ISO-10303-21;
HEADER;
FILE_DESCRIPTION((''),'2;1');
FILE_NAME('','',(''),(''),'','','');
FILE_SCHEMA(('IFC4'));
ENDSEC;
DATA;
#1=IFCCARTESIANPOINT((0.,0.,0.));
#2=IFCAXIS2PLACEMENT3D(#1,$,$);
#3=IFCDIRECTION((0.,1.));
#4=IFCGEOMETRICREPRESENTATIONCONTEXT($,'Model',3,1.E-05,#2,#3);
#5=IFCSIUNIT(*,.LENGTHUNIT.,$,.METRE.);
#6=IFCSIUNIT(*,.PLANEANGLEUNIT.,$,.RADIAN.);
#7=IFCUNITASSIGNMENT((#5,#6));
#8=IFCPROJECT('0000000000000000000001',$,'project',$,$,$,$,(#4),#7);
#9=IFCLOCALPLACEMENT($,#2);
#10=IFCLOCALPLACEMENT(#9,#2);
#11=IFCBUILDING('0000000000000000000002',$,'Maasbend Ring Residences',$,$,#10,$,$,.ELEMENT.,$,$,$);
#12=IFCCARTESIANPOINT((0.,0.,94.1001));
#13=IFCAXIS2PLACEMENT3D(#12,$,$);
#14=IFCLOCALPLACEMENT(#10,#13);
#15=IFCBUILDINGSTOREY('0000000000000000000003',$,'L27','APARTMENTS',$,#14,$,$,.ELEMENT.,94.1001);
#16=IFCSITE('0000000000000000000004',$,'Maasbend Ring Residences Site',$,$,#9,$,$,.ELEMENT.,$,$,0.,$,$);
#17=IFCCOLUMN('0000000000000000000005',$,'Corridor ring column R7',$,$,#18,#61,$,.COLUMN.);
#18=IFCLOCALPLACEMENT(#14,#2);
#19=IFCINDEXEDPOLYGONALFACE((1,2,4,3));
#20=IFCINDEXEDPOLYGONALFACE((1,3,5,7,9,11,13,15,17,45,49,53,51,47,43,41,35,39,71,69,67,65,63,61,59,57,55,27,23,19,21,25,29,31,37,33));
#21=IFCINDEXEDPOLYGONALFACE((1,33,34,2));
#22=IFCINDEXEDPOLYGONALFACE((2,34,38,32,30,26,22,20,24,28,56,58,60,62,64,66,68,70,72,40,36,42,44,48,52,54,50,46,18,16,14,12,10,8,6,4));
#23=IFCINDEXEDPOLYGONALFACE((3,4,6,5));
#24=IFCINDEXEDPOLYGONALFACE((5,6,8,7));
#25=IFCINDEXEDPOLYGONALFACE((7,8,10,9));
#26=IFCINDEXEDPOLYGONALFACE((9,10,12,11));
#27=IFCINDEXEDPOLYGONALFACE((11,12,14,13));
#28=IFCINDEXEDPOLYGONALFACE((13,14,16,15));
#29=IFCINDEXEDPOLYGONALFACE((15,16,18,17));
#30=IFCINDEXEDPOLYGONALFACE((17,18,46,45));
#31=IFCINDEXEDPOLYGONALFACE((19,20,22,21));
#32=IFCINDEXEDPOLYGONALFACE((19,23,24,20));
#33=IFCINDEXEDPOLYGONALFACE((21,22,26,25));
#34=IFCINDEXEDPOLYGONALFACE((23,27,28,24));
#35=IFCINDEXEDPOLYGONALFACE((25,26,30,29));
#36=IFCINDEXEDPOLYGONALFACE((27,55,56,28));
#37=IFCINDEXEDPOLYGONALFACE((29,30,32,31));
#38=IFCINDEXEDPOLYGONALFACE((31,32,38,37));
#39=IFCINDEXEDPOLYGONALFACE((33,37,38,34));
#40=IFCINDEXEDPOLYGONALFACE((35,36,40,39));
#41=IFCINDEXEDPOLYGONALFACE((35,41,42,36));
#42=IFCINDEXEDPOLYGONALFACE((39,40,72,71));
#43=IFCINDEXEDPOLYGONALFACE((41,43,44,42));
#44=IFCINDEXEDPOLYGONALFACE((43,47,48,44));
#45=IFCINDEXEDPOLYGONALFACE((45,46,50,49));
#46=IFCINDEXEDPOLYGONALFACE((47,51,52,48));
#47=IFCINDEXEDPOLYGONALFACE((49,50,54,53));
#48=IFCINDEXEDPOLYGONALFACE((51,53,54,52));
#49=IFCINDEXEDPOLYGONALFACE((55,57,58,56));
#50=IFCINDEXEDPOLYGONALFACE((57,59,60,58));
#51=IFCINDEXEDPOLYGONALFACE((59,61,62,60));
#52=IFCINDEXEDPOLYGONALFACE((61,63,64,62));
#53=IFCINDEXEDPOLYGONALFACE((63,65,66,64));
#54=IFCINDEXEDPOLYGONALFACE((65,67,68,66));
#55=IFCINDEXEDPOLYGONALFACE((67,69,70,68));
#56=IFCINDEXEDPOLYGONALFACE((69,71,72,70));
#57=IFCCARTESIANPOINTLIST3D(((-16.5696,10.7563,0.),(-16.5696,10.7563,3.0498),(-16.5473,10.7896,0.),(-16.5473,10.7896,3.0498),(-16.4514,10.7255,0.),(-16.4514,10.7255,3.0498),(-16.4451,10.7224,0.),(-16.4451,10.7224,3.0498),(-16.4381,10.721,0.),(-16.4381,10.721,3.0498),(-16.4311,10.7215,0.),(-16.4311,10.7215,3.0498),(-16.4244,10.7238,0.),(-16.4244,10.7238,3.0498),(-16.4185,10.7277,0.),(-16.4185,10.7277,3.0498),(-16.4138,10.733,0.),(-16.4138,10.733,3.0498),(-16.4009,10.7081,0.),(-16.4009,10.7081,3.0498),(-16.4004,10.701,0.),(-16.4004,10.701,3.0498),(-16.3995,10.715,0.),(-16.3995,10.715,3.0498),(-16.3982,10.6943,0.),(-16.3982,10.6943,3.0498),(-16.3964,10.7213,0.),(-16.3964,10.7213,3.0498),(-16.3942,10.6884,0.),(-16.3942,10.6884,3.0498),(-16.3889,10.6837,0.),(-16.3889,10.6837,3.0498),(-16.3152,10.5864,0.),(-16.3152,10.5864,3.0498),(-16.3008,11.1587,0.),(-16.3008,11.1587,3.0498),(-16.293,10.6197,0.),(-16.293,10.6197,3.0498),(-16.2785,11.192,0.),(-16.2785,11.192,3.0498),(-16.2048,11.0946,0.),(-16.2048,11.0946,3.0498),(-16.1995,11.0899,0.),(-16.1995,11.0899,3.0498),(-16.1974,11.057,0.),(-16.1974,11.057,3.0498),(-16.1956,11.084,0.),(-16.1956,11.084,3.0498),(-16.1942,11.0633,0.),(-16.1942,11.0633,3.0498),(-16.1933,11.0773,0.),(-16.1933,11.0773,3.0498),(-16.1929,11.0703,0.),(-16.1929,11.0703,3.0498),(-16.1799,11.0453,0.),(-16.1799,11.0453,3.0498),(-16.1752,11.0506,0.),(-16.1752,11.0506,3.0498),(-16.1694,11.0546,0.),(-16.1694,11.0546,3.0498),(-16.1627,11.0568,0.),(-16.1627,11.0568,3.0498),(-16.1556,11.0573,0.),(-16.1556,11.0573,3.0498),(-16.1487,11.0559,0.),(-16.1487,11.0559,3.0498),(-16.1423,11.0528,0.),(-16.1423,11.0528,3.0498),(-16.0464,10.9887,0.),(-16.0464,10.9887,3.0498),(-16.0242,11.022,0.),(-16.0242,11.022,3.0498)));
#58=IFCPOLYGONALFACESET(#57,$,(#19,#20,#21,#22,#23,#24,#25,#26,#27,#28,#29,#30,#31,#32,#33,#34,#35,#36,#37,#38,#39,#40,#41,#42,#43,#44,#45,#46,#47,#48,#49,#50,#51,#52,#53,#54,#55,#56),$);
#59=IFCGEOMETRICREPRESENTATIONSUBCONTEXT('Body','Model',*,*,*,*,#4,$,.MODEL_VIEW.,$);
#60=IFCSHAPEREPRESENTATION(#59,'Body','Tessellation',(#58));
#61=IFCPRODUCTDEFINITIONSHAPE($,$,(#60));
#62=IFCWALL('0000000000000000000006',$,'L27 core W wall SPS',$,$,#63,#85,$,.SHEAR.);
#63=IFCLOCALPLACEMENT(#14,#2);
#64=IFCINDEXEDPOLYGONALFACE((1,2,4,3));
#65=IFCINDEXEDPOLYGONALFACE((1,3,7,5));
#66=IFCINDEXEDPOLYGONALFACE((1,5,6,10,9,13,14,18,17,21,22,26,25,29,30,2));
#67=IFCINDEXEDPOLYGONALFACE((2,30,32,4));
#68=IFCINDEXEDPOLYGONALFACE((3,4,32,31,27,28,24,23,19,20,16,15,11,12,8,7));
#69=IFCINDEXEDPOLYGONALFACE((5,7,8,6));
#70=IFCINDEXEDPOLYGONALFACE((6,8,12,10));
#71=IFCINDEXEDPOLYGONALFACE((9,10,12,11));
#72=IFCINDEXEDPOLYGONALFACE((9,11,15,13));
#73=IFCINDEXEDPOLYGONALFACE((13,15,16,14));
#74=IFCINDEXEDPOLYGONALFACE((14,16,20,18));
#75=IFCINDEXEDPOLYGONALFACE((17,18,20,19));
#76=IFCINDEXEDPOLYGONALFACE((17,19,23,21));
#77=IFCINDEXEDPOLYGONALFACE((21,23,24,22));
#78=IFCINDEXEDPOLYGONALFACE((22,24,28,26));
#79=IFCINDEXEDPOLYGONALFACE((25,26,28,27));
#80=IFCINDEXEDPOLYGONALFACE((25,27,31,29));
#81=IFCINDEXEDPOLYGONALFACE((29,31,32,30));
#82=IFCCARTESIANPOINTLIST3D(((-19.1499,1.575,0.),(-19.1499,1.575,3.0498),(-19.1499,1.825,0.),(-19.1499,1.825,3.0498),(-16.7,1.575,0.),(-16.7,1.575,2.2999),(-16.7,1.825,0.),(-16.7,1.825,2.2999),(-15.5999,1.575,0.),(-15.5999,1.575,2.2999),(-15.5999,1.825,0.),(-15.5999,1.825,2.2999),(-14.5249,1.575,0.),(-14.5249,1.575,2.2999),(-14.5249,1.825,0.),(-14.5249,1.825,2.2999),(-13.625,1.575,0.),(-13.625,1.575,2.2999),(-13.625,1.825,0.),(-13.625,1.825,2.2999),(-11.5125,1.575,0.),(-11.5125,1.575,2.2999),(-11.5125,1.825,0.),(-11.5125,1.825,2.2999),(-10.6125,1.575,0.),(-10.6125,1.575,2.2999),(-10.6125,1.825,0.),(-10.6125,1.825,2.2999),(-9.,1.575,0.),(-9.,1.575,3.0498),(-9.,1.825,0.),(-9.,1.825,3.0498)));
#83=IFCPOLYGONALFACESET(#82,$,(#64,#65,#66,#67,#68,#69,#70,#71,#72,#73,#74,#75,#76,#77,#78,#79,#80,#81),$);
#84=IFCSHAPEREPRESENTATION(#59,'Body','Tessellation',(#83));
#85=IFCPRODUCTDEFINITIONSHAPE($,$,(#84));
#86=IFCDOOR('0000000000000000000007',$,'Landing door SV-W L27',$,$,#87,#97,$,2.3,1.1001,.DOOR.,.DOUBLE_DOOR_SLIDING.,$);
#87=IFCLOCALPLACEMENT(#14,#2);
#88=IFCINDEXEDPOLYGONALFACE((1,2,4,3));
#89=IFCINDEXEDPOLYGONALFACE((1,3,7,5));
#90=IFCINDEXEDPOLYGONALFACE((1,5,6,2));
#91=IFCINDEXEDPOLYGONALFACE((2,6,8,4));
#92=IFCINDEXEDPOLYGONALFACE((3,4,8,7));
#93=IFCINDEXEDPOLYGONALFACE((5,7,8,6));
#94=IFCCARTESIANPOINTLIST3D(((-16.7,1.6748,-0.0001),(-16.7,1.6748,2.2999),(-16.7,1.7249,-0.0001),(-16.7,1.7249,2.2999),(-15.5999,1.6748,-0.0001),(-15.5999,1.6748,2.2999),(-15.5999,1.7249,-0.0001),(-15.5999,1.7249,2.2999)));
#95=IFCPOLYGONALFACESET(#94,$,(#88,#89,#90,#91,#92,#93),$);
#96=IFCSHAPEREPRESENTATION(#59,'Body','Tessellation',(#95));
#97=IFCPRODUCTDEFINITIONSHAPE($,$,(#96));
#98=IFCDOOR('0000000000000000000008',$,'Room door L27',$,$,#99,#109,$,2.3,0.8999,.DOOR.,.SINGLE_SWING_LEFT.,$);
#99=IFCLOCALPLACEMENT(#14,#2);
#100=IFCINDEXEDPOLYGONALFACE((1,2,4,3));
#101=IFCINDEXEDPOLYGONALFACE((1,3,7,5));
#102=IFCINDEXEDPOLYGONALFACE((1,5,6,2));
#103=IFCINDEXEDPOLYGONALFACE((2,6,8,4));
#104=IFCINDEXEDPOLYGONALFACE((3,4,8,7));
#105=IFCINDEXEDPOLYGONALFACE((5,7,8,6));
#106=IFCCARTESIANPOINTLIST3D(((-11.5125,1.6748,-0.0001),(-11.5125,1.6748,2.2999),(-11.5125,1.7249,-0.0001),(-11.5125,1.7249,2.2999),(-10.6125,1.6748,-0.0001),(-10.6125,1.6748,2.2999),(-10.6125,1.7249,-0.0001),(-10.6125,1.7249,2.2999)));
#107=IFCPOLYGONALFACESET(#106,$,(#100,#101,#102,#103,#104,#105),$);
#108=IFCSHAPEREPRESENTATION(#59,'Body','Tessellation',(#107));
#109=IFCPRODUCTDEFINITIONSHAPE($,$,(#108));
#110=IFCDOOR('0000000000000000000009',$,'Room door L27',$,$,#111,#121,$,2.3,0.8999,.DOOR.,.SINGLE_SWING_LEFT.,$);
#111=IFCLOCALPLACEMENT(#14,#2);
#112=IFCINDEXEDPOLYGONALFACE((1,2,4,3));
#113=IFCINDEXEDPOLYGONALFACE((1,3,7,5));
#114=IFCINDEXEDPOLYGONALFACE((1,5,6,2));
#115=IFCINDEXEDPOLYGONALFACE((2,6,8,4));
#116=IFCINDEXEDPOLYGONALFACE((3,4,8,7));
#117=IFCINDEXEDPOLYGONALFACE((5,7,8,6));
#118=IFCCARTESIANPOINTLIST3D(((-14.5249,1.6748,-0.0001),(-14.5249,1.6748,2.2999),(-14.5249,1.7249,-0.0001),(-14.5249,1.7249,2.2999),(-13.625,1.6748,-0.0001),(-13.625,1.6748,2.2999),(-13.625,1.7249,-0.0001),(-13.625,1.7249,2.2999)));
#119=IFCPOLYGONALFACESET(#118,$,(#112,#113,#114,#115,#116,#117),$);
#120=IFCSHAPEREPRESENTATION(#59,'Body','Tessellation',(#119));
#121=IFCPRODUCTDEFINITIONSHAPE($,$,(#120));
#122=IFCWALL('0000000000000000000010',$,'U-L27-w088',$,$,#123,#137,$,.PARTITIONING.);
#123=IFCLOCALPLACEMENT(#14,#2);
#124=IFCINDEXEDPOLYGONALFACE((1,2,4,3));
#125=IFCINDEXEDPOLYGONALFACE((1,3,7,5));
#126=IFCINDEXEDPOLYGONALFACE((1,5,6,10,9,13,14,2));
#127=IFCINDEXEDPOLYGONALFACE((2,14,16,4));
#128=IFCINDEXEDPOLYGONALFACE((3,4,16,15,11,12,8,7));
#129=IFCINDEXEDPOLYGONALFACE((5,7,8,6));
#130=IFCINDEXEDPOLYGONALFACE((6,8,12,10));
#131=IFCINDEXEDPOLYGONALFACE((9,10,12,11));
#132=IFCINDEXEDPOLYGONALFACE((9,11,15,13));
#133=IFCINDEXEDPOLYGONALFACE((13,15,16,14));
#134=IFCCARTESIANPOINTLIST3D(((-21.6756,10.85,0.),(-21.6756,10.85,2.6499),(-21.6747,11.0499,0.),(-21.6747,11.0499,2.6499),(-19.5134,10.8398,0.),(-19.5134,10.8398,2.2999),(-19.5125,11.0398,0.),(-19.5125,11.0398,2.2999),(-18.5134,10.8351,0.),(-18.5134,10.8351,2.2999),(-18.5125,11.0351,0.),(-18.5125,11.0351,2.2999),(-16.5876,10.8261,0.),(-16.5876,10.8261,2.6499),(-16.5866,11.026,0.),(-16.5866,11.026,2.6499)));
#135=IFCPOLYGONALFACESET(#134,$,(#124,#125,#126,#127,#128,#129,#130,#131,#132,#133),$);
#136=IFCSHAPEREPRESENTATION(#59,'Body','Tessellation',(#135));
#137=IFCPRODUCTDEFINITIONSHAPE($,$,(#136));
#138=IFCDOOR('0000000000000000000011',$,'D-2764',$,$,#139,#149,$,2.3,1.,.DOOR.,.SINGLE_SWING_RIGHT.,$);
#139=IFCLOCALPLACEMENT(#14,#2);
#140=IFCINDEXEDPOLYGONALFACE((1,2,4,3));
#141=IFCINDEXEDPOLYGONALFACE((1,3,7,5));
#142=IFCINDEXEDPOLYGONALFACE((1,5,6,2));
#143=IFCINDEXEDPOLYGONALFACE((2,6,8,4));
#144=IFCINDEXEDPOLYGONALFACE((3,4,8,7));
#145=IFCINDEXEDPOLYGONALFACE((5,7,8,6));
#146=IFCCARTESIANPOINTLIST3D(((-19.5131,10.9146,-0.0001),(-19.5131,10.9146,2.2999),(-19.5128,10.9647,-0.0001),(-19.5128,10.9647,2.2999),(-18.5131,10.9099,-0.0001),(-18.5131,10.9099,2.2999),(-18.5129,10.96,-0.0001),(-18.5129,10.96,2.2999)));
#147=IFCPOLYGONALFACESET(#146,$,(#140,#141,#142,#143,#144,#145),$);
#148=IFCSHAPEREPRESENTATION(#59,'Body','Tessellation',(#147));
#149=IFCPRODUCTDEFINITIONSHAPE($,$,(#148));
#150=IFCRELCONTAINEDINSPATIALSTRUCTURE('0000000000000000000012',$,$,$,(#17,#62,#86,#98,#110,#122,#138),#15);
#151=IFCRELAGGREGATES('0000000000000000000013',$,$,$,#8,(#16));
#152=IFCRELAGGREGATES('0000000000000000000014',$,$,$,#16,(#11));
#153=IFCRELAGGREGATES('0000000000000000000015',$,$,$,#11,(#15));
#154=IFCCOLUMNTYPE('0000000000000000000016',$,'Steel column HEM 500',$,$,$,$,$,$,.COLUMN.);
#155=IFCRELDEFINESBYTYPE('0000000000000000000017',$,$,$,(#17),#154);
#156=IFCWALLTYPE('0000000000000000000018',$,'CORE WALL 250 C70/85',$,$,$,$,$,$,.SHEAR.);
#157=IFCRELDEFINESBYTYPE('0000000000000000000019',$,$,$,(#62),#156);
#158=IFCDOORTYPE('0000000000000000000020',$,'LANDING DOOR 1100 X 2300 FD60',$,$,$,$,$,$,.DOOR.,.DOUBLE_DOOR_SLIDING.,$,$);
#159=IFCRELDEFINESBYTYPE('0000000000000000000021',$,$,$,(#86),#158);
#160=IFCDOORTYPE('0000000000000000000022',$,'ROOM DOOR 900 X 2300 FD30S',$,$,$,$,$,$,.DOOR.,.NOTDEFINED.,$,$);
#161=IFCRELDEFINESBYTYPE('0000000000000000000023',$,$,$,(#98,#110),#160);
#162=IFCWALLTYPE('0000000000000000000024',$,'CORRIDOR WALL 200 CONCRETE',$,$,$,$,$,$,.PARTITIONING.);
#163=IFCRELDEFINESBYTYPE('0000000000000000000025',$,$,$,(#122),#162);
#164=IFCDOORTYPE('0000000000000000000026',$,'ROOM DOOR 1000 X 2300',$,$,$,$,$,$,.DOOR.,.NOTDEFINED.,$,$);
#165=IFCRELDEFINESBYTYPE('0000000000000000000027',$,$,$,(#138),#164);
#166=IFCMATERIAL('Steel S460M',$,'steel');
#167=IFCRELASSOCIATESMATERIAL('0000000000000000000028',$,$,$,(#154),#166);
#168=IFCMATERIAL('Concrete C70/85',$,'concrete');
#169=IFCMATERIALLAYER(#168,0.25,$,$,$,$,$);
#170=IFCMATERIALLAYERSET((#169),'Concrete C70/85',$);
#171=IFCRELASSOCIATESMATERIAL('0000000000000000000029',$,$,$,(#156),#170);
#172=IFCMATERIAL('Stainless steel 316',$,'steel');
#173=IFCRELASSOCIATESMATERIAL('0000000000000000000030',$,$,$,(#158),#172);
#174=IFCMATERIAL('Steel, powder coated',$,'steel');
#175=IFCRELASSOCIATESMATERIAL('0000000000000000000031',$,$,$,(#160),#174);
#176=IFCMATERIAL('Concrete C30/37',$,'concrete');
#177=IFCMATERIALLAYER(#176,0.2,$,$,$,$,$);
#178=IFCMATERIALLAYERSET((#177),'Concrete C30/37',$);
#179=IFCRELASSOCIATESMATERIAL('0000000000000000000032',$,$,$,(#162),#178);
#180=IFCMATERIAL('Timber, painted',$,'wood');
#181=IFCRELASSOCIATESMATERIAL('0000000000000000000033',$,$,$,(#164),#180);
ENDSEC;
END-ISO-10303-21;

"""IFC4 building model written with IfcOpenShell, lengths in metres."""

from ifc_helpers import new_model, si_unit, direction, frame, frame_2d, origin, origin_2d, place, context, subcontext, project, spatial, rectangle, i_section, extrude, material, layer, layer_set, material_profile, profile_set, type_object, element, fill, save


model = new_model("IFC4")

# Units and contexts
model_context = context("Model", 3, precision=1e-05, world=origin(), true_north=direction((0.0, 1.0)))
body_context = subcontext(model_context, "Body", "Model", "MODEL_VIEW")
ifc_project = project(units=[si_unit("LENGTHUNIT", "METRE"), si_unit("PLANEANGLEUNIT", "RADIAN")], contexts=[model_context])

# Site, building, storey
site_placement = place(None, origin())
site = spatial("IfcSite", under=ifc_project, at=site_placement, Name="Maasbend Ring Residences Site", CompositionType="ELEMENT", RefElevation=0.0)
building_placement = place(site_placement, origin())
building = spatial("IfcBuilding", under=site, at=building_placement, Name="Maasbend Ring Residences", CompositionType="ELEMENT")
storey_placement = place(building_placement, frame((0.0, 0.0, 94.1001)))
storey = spatial("IfcBuildingStorey", under=building, at=storey_placement, Name="L27", Description="APARTMENTS", CompositionType="ELEMENT", Elevation=94.1001)

# Column
ifc_material_1 = material(Name="Steel S460M", Category="steel")
ifc_material_profile = material_profile(ifc_material_1, i_section(OverallWidth=0.3059, OverallDepth=0.5239, WebThickness=0.021, FlangeThickness=0.04, FilletRadius=0.0271, at=origin_2d()), Name="HEM 500")
ifc_profile_set = profile_set([ifc_material_profile], Name="Steel S460M")
column_type = type_object("IfcColumnType", Name="Steel column HEM 500", PredefinedType="COLUMN", material=ifc_profile_set)
column_placement = place(storey_placement, frame((-16.2969, 10.8892, 0.0), z_axis=(0.0, 0.0, 1.0), x_axis=(-0.83147, 0.55557, 0.0)))
element("IfcColumn", 1, at=column_placement, inside=storey, type_object=column_type, Name="Corridor ring column R7", PredefinedType="COLUMN", context=body_context, shape_type="SweptSolid", body=[
    extrude(i_section(OverallWidth=0.3059, OverallDepth=0.5239, WebThickness=0.021, FlangeThickness=0.04, FilletRadius=0.0271, at=origin_2d()), origin(), (0.0, 0.0, 1.0), 3.0498),
])

# Wall, openings, doors
ifc_material_2 = material(Name="Concrete C70/85", Category="concrete")
ifc_layer_1 = layer(ifc_material_2, 0.25)
ifc_layer_set_1 = layer_set([ifc_layer_1], Name="Concrete C70/85")
wall_type_1 = type_object("IfcWallType", Name="CORE WALL 250 C70/85", PredefinedType="SHEAR", material=ifc_layer_set_1)
wall_1_placement = place(storey_placement, frame((-19.1499, 1.7, 0.0), z_axis=(0.0, 0.0, 1.0), x_axis=(1.0, 0.0, 0.0)))
wall_1 = element("IfcWall", 2, at=wall_1_placement, inside=storey, type_object=wall_type_1, Name="L27 core W wall SPS", PredefinedType="SHEAR", context=body_context, shape_type="SweptSolid", body=[
    extrude(rectangle(XDim=10.1499, YDim=0.25, at=frame_2d((5.075, 0.0))), origin(), (0.0, 0.0, 1.0), 3.0498),
])
opening_1_placement = place(wall_1_placement, frame((2.45, 0.0, 0.0)))
opening_1 = element("IfcOpeningElement", 3, at=opening_1_placement, cuts=wall_1, PredefinedType="OPENING", context=body_context, shape_type="SweptSolid", body=[
    extrude(rectangle(XDim=1.1001, YDim=2.3, at=frame_2d((0.55, 1.1499))), frame((0.0, 0.135, 0.0), z_axis=(0.0, -1.0, 0.0), x_axis=(1.0, 0.0, 0.0)), (0.0, 0.0, 1.0), 0.27),
])
opening_2_placement = place(wall_1_placement, frame((7.6375, 0.0, 0.0)))
opening_2 = element("IfcOpeningElement", 4, at=opening_2_placement, cuts=wall_1, PredefinedType="OPENING", context=body_context, shape_type="SweptSolid", body=[
    extrude(rectangle(XDim=0.8999, YDim=2.3, at=frame_2d((0.45, 1.1499))), frame((0.0, 0.135, 0.0), z_axis=(0.0, -1.0, 0.0), x_axis=(1.0, 0.0, 0.0)), (0.0, 0.0, 1.0), 0.27),
])
opening_3_placement = place(wall_1_placement, frame((4.625, 0.0, 0.0)))
opening_3 = element("IfcOpeningElement", 5, at=opening_3_placement, cuts=wall_1, PredefinedType="OPENING", context=body_context, shape_type="SweptSolid", body=[
    extrude(rectangle(XDim=0.8999, YDim=2.3, at=frame_2d((0.45, 1.1499))), frame((0.0, 0.135, 0.0), z_axis=(0.0, -1.0, 0.0), x_axis=(1.0, 0.0, 0.0)), (0.0, 0.0, 1.0), 0.27),
])
ifc_material_3 = material(Name="Stainless steel 316", Category="steel")
door_type_1 = type_object("IfcDoorType", Name="LANDING DOOR 1100 X 2300 FD60", OperationType="DOUBLE_DOOR_SLIDING", PredefinedType="DOOR", material=ifc_material_3)
door_1_placement = place(opening_1_placement, origin())
door_1 = element("IfcDoor", 6, at=door_1_placement, inside=storey, type_object=door_type_1, Name="Landing door SV-W L27", OperationType="DOUBLE_DOOR_SLIDING", OverallHeight=2.3, OverallWidth=1.1001, PredefinedType="DOOR", context=body_context, shape_type="SweptSolid", body=[
    extrude(rectangle(XDim=1.1001, YDim=2.3, at=frame_2d((0.55, 1.1499))), frame((0.0, 0.0249, 0.0), z_axis=(0.0, -1.0, 0.0), x_axis=(1.0, 0.0, 0.0)), (0.0, 0.0, 1.0), 0.05),
])
fill(opening_1, door_1)
ifc_material_4 = material(Name="Steel, powder coated", Category="steel")
door_type_2 = type_object("IfcDoorType", Name="ROOM DOOR 900 X 2300 FD30S", OperationType="NOTDEFINED", PredefinedType="DOOR", material=ifc_material_4)
door_2_placement = place(opening_2_placement, origin())
door_2 = element("IfcDoor", 7, at=door_2_placement, inside=storey, type_object=door_type_2, Name="Room door L27", OperationType="SINGLE_SWING_LEFT", OverallHeight=2.3, OverallWidth=0.8999, PredefinedType="DOOR", context=body_context, shape_type="SweptSolid", body=[
    extrude(rectangle(XDim=0.8999, YDim=2.3, at=frame_2d((0.45, 1.1499))), frame((0.0, 0.0249, 0.0), z_axis=(0.0, -1.0, 0.0), x_axis=(1.0, 0.0, 0.0)), (0.0, 0.0, 1.0), 0.05),
])
fill(opening_2, door_2)
door_3_placement = place(opening_3_placement, origin())
door_3 = element("IfcDoor", 8, at=door_3_placement, inside=storey, type_object=door_type_2, Name="Room door L27", OperationType="SINGLE_SWING_LEFT", OverallHeight=2.3, OverallWidth=0.8999, PredefinedType="DOOR", context=body_context, shape_type="SweptSolid", body=[
    extrude(rectangle(XDim=0.8999, YDim=2.3, at=frame_2d((0.45, 1.1499))), frame((0.0, 0.0249, 0.0), z_axis=(0.0, -1.0, 0.0), x_axis=(1.0, 0.0, 0.0)), (0.0, 0.0, 1.0), 0.05),
])
fill(opening_3, door_3)

# Wall, opening, door
ifc_material_5 = material(Name="Concrete C30/37", Category="concrete")
ifc_layer_2 = layer(ifc_material_5, 0.2)
ifc_layer_set_2 = layer_set([ifc_layer_2], Name="Concrete C30/37")
wall_type_2 = type_object("IfcWallType", Name="CORRIDOR WALL 200 CONCRETE", PredefinedType="PARTITIONING", material=ifc_layer_set_2)
wall_2_placement = place(storey_placement, frame((-21.675, 10.95, 0.0), z_axis=(0.0, 0.0, 1.0), x_axis=(0.999989, -0.004702, 0.0)))
wall_2 = element("IfcWall", 9, at=wall_2_placement, inside=storey, type_object=wall_type_2, Name="U-L27-w088", PredefinedType="PARTITIONING", context=body_context, shape_type="SweptSolid", body=[
    extrude(rectangle(XDim=5.0881, YDim=0.2, at=frame_2d((2.5439, 0.0))), origin(), (0.0, 0.0, 1.0), 2.6499),
])
opening_4_placement = place(wall_2_placement, frame((2.1621, 0.0, 0.0)))
opening_4 = element("IfcOpeningElement", 10, at=opening_4_placement, cuts=wall_2, PredefinedType="OPENING", context=body_context, shape_type="SweptSolid", body=[
    extrude(rectangle(XDim=1.0, YDim=2.3, at=frame_2d((0.5, 1.1499))), frame((0.0, 0.1099, 0.0), z_axis=(0.0, -1.0, 0.0), x_axis=(1.0, 0.0, 0.0)), (0.0, 0.0, 1.0), 0.22),
])
ifc_material_6 = material(Name="Timber, painted", Category="wood")
door_type_3 = type_object("IfcDoorType", Name="ROOM DOOR 1000 X 2300", OperationType="NOTDEFINED", PredefinedType="DOOR", material=ifc_material_6)
door_4_placement = place(opening_4_placement, origin())
door_4 = element("IfcDoor", 11, at=door_4_placement, inside=storey, type_object=door_type_3, Name="D-2764", OperationType="SINGLE_SWING_RIGHT", OverallHeight=2.3, OverallWidth=1.0, PredefinedType="DOOR", context=body_context, shape_type="SweptSolid", body=[
    extrude(rectangle(XDim=1.0, YDim=2.3, at=frame_2d((0.5, 1.1499))), frame((0.0, 0.0249, 0.0), z_axis=(0.0, -1.0, 0.0), x_axis=(1.0, 0.0, 0.0)), (0.0, 0.0, 1.0), 0.05),
])
fill(opening_4, door_4)

save(model, "model.ifc")
